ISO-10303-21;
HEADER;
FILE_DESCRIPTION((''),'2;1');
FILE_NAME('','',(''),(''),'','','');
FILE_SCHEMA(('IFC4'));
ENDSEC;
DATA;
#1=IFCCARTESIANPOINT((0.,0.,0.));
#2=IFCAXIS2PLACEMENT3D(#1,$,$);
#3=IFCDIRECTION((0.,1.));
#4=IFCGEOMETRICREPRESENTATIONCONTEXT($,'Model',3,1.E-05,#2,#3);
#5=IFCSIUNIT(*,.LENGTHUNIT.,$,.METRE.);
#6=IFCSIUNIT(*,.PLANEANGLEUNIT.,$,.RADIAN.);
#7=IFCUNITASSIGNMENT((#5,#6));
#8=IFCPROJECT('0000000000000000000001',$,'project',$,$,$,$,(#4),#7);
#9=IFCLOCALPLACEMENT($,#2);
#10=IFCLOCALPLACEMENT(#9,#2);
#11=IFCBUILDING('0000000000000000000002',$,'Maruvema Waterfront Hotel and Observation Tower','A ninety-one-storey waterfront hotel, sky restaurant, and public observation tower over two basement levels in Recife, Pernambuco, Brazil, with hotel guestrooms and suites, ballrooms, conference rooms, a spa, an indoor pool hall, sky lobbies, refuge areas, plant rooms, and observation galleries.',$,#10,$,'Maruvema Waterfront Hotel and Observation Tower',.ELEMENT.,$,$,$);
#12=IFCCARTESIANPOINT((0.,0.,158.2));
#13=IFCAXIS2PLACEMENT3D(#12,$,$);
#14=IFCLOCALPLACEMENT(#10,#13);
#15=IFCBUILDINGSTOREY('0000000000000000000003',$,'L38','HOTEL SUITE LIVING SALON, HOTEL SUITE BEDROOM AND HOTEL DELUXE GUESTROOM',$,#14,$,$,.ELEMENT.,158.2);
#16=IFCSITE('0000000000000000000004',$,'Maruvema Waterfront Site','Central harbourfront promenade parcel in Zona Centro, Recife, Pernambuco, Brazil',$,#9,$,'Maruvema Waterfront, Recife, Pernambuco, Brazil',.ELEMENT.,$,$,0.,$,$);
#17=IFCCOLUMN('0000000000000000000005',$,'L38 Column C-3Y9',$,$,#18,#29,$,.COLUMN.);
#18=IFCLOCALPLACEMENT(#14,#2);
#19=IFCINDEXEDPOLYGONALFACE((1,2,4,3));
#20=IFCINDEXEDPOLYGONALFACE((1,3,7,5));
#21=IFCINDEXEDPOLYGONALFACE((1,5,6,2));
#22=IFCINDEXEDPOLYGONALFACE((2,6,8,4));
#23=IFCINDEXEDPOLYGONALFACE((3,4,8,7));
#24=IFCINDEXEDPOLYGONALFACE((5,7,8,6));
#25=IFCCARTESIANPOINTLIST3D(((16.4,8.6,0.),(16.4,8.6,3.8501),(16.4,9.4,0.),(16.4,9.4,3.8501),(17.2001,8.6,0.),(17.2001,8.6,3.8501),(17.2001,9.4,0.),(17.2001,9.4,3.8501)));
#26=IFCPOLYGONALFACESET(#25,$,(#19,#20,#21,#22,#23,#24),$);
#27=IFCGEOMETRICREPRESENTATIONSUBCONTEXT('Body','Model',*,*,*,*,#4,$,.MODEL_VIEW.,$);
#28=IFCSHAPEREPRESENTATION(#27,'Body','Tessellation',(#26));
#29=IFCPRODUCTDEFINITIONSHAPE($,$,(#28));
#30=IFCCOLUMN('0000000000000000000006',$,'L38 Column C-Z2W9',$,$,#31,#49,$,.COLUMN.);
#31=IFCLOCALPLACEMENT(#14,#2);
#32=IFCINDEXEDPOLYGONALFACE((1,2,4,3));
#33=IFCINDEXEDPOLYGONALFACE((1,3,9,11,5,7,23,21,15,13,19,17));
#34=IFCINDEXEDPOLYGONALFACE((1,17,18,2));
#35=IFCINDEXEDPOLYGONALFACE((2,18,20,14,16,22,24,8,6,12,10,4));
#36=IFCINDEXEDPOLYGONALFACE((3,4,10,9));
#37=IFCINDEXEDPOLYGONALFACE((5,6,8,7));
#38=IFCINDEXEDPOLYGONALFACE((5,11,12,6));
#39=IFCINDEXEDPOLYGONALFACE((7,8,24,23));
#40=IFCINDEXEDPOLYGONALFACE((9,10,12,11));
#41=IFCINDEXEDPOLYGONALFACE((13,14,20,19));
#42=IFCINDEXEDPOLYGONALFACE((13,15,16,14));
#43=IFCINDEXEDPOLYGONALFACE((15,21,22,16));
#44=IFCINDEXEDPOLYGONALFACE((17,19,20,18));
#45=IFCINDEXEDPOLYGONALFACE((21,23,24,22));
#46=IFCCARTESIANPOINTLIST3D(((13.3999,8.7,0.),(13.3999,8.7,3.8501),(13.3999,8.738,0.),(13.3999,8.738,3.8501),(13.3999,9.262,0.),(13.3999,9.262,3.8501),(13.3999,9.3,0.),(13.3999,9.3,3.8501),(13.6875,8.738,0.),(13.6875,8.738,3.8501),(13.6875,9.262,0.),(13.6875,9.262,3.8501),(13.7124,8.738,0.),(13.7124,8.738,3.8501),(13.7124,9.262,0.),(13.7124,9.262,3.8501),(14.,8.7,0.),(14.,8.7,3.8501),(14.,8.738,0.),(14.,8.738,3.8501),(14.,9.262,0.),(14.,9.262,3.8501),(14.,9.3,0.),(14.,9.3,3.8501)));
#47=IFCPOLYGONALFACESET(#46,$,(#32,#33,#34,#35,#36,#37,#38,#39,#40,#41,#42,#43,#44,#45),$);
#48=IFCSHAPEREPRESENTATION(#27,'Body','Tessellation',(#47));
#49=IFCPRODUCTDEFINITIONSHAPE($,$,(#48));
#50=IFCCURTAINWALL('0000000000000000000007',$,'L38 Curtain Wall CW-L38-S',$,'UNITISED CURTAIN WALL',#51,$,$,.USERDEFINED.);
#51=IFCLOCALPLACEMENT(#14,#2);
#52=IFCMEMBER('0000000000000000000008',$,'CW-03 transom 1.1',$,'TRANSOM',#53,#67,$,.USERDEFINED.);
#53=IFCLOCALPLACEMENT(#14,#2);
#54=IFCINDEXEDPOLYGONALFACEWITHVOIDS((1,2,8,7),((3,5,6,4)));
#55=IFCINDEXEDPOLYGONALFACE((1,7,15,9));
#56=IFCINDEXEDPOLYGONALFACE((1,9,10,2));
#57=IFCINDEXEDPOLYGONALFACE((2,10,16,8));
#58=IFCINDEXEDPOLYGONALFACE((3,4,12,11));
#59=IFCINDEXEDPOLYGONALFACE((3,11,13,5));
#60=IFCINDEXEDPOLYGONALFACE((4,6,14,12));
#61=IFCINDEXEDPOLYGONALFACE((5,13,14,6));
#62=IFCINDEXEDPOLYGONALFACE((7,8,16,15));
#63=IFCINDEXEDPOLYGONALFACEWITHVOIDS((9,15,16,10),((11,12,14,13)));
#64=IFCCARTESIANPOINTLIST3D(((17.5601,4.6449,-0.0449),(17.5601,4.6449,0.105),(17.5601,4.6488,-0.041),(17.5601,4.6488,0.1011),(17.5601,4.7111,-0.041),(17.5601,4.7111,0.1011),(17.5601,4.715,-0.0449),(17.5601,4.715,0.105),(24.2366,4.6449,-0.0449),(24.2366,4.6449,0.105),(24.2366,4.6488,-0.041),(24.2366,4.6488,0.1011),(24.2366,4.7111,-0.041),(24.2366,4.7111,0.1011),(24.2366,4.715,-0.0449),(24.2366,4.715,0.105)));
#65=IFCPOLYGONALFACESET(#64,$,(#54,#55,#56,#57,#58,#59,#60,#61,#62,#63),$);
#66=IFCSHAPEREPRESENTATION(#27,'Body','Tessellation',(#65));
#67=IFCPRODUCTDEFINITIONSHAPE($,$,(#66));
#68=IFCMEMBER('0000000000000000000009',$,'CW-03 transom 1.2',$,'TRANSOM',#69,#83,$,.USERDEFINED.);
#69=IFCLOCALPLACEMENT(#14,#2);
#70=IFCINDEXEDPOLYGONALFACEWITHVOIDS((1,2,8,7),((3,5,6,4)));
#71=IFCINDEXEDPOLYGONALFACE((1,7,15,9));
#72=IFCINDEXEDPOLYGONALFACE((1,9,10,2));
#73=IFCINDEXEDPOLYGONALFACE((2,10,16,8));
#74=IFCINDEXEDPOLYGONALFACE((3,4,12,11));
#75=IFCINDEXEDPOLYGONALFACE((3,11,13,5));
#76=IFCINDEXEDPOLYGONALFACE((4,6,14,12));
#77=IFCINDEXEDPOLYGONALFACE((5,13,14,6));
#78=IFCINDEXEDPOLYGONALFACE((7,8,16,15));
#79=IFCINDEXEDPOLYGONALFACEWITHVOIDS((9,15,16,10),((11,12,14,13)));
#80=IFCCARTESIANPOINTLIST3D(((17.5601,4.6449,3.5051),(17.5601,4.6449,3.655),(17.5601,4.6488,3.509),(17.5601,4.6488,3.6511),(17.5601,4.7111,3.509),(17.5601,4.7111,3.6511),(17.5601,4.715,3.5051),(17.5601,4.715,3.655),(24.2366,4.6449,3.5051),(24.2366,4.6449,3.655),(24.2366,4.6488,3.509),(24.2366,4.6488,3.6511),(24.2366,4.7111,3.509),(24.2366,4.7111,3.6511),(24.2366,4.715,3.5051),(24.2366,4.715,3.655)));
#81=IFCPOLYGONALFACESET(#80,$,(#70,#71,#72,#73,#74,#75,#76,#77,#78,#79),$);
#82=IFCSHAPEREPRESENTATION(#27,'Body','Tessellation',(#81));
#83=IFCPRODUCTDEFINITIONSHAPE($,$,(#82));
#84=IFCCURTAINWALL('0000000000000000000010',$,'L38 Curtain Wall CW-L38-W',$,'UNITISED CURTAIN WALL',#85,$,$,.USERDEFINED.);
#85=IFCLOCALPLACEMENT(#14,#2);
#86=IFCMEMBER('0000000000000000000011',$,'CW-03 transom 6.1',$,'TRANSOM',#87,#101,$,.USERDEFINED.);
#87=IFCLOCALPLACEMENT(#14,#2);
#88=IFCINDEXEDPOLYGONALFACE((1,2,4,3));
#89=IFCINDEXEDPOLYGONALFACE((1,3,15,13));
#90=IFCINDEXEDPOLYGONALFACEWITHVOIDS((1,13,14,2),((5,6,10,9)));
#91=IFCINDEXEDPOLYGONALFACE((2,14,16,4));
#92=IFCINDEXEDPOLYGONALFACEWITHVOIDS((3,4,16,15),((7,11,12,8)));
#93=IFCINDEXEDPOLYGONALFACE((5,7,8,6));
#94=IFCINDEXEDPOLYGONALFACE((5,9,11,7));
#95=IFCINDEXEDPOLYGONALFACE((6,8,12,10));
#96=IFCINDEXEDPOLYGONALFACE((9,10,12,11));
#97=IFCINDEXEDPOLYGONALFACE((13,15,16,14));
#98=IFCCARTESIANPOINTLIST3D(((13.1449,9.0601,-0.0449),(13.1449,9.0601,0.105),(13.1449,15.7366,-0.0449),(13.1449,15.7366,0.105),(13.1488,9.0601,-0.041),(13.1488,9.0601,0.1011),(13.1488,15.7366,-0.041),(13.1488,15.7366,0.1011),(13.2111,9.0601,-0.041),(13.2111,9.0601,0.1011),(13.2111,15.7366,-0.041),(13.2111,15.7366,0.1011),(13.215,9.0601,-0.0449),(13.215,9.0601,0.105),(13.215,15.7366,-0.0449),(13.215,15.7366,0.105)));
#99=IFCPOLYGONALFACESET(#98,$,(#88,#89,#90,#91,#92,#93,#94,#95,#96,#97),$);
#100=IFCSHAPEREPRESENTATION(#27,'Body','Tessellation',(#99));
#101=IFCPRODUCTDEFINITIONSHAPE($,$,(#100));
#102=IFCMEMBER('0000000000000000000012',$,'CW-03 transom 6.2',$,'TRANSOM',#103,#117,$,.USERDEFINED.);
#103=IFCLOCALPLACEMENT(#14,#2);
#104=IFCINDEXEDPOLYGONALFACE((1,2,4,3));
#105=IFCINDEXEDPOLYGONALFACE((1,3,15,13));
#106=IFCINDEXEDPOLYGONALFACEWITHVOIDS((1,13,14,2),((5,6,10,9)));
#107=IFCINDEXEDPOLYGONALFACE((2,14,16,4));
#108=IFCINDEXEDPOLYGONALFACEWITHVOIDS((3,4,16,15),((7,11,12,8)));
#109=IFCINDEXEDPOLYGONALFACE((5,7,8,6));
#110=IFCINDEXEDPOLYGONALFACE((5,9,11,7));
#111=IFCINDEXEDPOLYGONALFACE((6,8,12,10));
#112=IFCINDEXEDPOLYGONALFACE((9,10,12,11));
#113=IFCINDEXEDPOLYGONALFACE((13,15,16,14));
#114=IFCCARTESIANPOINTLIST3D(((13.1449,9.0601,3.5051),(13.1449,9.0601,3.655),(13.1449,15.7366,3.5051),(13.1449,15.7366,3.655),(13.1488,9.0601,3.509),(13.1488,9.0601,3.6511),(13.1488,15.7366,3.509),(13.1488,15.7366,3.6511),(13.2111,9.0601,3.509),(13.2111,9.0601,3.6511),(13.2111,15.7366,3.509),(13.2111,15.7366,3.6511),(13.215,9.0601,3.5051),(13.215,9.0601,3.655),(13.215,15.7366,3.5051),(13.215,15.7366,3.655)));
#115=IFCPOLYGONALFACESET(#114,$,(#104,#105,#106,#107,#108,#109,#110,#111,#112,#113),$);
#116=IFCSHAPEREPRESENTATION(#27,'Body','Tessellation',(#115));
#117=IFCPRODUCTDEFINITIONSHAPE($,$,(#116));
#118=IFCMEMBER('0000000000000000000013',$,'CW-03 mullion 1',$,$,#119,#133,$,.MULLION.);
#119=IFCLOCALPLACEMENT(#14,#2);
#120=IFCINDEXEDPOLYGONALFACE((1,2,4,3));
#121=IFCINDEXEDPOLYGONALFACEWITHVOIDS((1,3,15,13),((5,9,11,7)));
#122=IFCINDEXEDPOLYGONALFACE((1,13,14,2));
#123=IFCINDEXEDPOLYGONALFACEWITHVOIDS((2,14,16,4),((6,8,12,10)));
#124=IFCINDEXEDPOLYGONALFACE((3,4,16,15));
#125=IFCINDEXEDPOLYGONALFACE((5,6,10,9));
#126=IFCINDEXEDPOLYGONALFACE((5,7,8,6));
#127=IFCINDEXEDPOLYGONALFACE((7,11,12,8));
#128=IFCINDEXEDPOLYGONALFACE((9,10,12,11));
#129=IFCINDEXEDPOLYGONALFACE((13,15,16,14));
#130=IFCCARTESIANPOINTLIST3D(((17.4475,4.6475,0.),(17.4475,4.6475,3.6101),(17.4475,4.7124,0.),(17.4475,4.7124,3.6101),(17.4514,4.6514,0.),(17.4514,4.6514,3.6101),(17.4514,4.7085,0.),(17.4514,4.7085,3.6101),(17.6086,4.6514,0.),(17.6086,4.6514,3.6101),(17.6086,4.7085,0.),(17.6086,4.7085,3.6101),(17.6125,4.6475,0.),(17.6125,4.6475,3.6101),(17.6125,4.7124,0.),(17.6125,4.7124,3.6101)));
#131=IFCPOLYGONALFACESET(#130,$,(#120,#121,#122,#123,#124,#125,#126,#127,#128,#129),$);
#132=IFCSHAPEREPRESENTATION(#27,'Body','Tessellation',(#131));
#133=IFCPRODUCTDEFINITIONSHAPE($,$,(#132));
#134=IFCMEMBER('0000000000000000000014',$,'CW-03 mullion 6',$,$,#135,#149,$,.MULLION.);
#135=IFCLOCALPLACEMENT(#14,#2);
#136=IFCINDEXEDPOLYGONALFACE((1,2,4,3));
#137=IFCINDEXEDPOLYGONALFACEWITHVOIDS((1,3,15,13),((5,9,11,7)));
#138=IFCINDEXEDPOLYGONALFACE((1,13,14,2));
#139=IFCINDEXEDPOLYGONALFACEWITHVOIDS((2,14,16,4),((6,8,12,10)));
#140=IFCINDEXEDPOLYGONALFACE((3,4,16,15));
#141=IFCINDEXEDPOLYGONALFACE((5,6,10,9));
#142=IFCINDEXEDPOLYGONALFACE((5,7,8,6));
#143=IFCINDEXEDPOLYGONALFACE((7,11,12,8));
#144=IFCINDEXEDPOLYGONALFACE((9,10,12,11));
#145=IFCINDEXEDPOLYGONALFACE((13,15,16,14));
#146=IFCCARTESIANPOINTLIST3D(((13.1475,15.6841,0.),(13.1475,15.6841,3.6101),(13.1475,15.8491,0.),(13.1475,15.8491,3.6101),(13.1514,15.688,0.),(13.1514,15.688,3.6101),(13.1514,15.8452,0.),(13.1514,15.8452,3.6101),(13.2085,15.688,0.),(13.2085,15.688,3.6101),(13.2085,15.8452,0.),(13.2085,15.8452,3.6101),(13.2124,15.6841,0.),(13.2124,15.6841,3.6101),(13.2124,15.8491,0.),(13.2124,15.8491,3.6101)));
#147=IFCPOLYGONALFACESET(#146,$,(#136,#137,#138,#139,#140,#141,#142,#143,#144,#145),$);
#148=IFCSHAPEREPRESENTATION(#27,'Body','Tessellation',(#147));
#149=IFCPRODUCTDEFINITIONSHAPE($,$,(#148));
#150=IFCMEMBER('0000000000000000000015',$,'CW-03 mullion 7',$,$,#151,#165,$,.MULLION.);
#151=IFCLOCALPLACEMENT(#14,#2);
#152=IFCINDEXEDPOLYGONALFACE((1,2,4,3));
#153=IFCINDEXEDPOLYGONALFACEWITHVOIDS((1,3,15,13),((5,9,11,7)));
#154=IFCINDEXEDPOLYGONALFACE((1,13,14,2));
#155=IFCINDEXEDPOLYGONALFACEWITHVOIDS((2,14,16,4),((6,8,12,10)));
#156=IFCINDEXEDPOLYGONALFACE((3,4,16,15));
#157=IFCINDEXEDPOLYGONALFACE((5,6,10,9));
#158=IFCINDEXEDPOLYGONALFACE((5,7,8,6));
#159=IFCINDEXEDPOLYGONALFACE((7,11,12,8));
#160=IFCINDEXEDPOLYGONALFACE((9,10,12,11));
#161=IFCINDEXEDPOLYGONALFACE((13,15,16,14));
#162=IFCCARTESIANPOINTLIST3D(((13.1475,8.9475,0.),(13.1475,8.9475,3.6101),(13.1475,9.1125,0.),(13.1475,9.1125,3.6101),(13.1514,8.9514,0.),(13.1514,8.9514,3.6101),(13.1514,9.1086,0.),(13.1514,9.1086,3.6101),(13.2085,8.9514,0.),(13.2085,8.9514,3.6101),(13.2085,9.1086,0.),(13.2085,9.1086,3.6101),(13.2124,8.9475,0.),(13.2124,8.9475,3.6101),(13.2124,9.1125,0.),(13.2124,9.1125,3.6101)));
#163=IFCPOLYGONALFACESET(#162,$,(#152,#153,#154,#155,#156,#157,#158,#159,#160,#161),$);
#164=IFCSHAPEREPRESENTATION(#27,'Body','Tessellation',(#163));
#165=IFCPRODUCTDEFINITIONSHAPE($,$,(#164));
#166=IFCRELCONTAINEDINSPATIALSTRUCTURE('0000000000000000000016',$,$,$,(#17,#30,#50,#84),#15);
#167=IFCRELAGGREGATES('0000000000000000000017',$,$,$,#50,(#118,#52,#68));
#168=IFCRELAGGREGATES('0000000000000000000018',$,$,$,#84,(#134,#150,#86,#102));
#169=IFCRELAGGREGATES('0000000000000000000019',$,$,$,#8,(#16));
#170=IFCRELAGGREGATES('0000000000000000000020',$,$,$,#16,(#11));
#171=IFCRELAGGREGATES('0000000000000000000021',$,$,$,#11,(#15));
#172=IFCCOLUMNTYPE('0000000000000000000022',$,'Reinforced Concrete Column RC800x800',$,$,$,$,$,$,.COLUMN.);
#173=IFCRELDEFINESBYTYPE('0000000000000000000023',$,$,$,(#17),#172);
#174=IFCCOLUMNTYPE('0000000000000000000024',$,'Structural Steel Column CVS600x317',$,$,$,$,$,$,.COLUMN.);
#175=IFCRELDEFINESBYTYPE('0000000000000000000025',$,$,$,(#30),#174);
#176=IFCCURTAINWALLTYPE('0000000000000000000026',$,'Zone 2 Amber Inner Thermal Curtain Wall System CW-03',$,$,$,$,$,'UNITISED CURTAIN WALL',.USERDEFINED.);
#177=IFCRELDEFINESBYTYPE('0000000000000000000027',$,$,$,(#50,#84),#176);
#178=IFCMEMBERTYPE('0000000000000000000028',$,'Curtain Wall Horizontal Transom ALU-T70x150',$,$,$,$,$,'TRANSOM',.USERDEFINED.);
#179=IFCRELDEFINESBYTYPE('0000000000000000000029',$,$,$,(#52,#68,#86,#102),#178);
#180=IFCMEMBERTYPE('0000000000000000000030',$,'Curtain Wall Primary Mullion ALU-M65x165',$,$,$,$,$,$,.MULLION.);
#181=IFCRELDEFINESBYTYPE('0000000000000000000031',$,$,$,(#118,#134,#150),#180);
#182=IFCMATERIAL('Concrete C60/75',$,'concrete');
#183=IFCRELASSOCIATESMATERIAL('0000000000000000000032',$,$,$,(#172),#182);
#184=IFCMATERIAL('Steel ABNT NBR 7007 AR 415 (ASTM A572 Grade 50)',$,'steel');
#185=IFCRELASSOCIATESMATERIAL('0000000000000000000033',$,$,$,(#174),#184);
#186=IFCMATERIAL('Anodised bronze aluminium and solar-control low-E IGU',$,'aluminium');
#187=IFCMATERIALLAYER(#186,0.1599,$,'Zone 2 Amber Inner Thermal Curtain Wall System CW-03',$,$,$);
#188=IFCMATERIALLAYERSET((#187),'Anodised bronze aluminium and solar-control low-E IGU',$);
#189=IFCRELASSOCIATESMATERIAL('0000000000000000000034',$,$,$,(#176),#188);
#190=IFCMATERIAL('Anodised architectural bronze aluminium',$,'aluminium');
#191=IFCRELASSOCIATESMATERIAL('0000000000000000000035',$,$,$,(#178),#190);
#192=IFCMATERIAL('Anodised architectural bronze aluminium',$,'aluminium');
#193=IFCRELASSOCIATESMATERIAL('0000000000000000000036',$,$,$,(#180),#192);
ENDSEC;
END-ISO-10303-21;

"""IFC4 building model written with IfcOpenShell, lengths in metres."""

from ifc_helpers import new_model, si_unit, direction, frame, origin, origin_2d, place, context, subcontext, project, spatial, rectangle, hollow_rectangle, i_section, extrude, material, layer, layer_set, material_profile, profile_set, type_object, element, aggregate, save


model = new_model("IFC4")

# Units and contexts
model_context = context("Model", 3, precision=1e-05, world=origin(), true_north=direction((0.0, 1.0)))
body_context = subcontext(model_context, "Body", "Model", "MODEL_VIEW")
ifc_project = project(units=[si_unit("LENGTHUNIT", "METRE"), si_unit("PLANEANGLEUNIT", "RADIAN")], contexts=[model_context])

# Site, building, storey
site_placement = place(None, origin())
site = spatial("IfcSite", under=ifc_project, at=site_placement, Name="Maruvema Waterfront Site", Description="Central harbourfront promenade parcel in Zona Centro, Recife, Pernambuco, Brazil", LongName="Maruvema Waterfront, Recife, Pernambuco, Brazil", CompositionType="ELEMENT", RefElevation=0.0)
building_placement = place(site_placement, origin())
building = spatial("IfcBuilding", under=site, at=building_placement, Name="Maruvema Waterfront Hotel and Observation Tower", Description="A ninety-one-storey waterfront hotel, sky restaurant, and public observation tower over two basement levels in Recife, Pernambuco, Brazil, with hotel guestrooms and suites, ballrooms, conference rooms, a spa, an indoor pool hall, sky lobbies, refuge areas, plant rooms, and observation galleries.", LongName="Maruvema Waterfront Hotel and Observation Tower", CompositionType="ELEMENT")
storey_placement = place(building_placement, frame((0.0, 0.0, 158.2)))
storey = spatial("IfcBuildingStorey", under=building, at=storey_placement, Name="L38", Description="HOTEL SUITE LIVING SALON, HOTEL SUITE BEDROOM AND HOTEL DELUXE GUESTROOM", CompositionType="ELEMENT", Elevation=158.2)

# Columns
ifc_material_1 = material(Name="Concrete C60/75", Category="concrete")
ifc_material_profile_1 = material_profile(ifc_material_1, rectangle(XDim=0.8, YDim=0.8, at=origin_2d()), Name="RC800x800")
ifc_profile_set_1 = profile_set([ifc_material_profile_1], Name="Concrete C60/75")
column_type_1 = type_object("IfcColumnType", Name="Reinforced Concrete Column RC800x800", PredefinedType="COLUMN", material=ifc_profile_set_1)
column_1_placement = place(storey_placement, frame((16.8, 9.0, 0.0), z_axis=(0.0, 0.0, 1.0), x_axis=(1.0, 0.0, 0.0)))
element("IfcColumn", 1, at=column_1_placement, inside=storey, type_object=column_type_1, Name="L38 Column C-3Y9", PredefinedType="COLUMN", context=body_context, shape_type="SweptSolid", body=[
    extrude(rectangle(XDim=0.8, YDim=0.8, at=origin_2d()), origin(), (0.0, 0.0, 1.0), 3.8501),
])
ifc_material_2 = material(Name="Steel ABNT NBR 7007 AR 415 (ASTM A572 Grade 50)", Category="steel")
ifc_material_profile_2 = material_profile(ifc_material_2, i_section(OverallWidth=0.6001, OverallDepth=0.6001, WebThickness=0.0249, FlangeThickness=0.0381, at=origin_2d()), Name="CVS600x317")
ifc_profile_set_2 = profile_set([ifc_material_profile_2], Name="Steel ABNT NBR 7007 AR 415 (ASTM A572 Grade 50)")
column_type_2 = type_object("IfcColumnType", Name="Structural Steel Column CVS600x317", PredefinedType="COLUMN", material=ifc_profile_set_2)
column_2_placement = place(storey_placement, frame((13.7, 9.0, 0.0), z_axis=(0.0, 0.0, 1.0), x_axis=(1.0, 0.0, 0.0)))
element("IfcColumn", 2, at=column_2_placement, inside=storey, type_object=column_type_2, Name="L38 Column C-Z2W9", PredefinedType="COLUMN", context=body_context, shape_type="SweptSolid", body=[
    extrude(i_section(OverallWidth=0.6001, OverallDepth=0.6001, WebThickness=0.0249, FlangeThickness=0.0381, at=origin_2d()), origin(), (0.0, 0.0, 1.0), 3.8501),
])

# Curtain walls, members
ifc_material_3 = material(Name="Anodised bronze aluminium and solar-control low-E IGU", Category="aluminium")
ifc_layer_1 = layer(ifc_material_3, 0.1599, Name="Zone 2 Amber Inner Thermal Curtain Wall System CW-03")
ifc_layer_set_1 = layer_set([ifc_layer_1], Name="Anodised bronze aluminium and solar-control low-E IGU")
curtain_wall_type = type_object("IfcCurtainWallType", Name="Zone 2 Amber Inner Thermal Curtain Wall System CW-03", ElementType="UNITISED CURTAIN WALL", PredefinedType="USERDEFINED", material=ifc_layer_set_1)
curtain_wall_1_placement = place(storey_placement, origin())
curtain_wall_1 = element("IfcCurtainWall", 3, at=curtain_wall_1_placement, inside=storey, type_object=curtain_wall_type, Name="L38 Curtain Wall CW-L38-S", ObjectType="UNITISED CURTAIN WALL", PredefinedType="USERDEFINED")
ifc_material_4 = material(Name="Anodised architectural bronze aluminium", Category="aluminium")
ifc_material_profile_3 = material_profile(ifc_material_4, hollow_rectangle(XDim=0.0701, YDim=0.1499, WallThickness=0.0039, at=origin_2d()), Name="ALU-T70x150")
ifc_profile_set_3 = profile_set([ifc_material_profile_3], Name="Anodised architectural bronze aluminium")
member_type_1 = type_object("IfcMemberType", Name="Curtain Wall Horizontal Transom ALU-T70x150", ElementType="TRANSOM", PredefinedType="USERDEFINED", material=ifc_profile_set_3)
member_1_placement = place(storey_placement, frame((17.5601, 4.6799, 0.03), z_axis=(1.0, 0.0, 0.0), x_axis=(0.0, 1.0, 0.0)))
member_1 = element("IfcMember", 4, at=member_1_placement, type_object=member_type_1, Name="CW-03 transom 1.1", ObjectType="TRANSOM", PredefinedType="USERDEFINED", context=body_context, shape_type="SweptSolid", body=[
    extrude(hollow_rectangle(XDim=0.0701, YDim=0.1499, WallThickness=0.0039, at=origin_2d()), origin(), (0.0, 0.0, 1.0), 6.6765),
])
member_2_placement = place(storey_placement, frame((17.5601, 4.6799, 3.5801), z_axis=(1.0, 0.0, 0.0), x_axis=(0.0, 1.0, 0.0)))
member_2 = element("IfcMember", 5, at=member_2_placement, type_object=member_type_1, Name="CW-03 transom 1.2", ObjectType="TRANSOM", PredefinedType="USERDEFINED", context=body_context, shape_type="SweptSolid", body=[
    extrude(hollow_rectangle(XDim=0.0701, YDim=0.1499, WallThickness=0.0039, at=origin_2d()), origin(), (0.0, 0.0, 1.0), 6.6765),
])
curtain_wall_2_placement = place(storey_placement, origin())
curtain_wall_2 = element("IfcCurtainWall", 6, at=curtain_wall_2_placement, inside=storey, type_object=curtain_wall_type, Name="L38 Curtain Wall CW-L38-W", ObjectType="UNITISED CURTAIN WALL", PredefinedType="USERDEFINED")
member_3_placement = place(storey_placement, frame((13.1799, 15.7366, 0.03), z_axis=(0.0, -1.0, 0.0), x_axis=(1.0, 0.0, 0.0)))
member_3 = element("IfcMember", 7, at=member_3_placement, type_object=member_type_1, Name="CW-03 transom 6.1", ObjectType="TRANSOM", PredefinedType="USERDEFINED", context=body_context, shape_type="SweptSolid", body=[
    extrude(hollow_rectangle(XDim=0.0701, YDim=0.1499, WallThickness=0.0039, at=origin_2d()), origin(), (0.0, 0.0, 1.0), 6.6765),
])
member_4_placement = place(storey_placement, frame((13.1799, 15.7366, 3.5801), z_axis=(0.0, -1.0, 0.0), x_axis=(1.0, 0.0, 0.0)))
member_4 = element("IfcMember", 8, at=member_4_placement, type_object=member_type_1, Name="CW-03 transom 6.2", ObjectType="TRANSOM", PredefinedType="USERDEFINED", context=body_context, shape_type="SweptSolid", body=[
    extrude(hollow_rectangle(XDim=0.0701, YDim=0.1499, WallThickness=0.0039, at=origin_2d()), origin(), (0.0, 0.0, 1.0), 6.6765),
])

# Members
ifc_material_5 = material(Name="Anodised architectural bronze aluminium", Category="aluminium")
ifc_material_profile_4 = material_profile(ifc_material_5, hollow_rectangle(XDim=0.0649, YDim=0.165, WallThickness=0.0039, at=origin_2d()), Name="ALU-M65x165")
ifc_profile_set_4 = profile_set([ifc_material_profile_4], Name="Anodised architectural bronze aluminium")
member_type_2 = type_object("IfcMemberType", Name="Curtain Wall Primary Mullion ALU-M65x165", PredefinedType="MULLION", material=ifc_profile_set_4)
member_5_placement = place(storey_placement, frame((17.53, 4.6799, 0.0), z_axis=(0.0, 0.0, 1.0), x_axis=(0.0, 1.0, 0.0)))
member_5 = element("IfcMember", 9, at=member_5_placement, type_object=member_type_2, Name="CW-03 mullion 1", PredefinedType="MULLION", context=body_context, shape_type="SweptSolid", body=[
    extrude(hollow_rectangle(XDim=0.0649, YDim=0.165, WallThickness=0.0039, at=origin_2d()), origin(), (0.0, 0.0, 1.0), 3.6101),
])
member_6_placement = place(storey_placement, frame((13.1799, 15.7666, 0.0), z_axis=(0.0, 0.0, 1.0), x_axis=(1.0, 0.0, 0.0)))
member_6 = element("IfcMember", 10, at=member_6_placement, type_object=member_type_2, Name="CW-03 mullion 6", PredefinedType="MULLION", context=body_context, shape_type="SweptSolid", body=[
    extrude(hollow_rectangle(XDim=0.0649, YDim=0.165, WallThickness=0.0039, at=origin_2d()), origin(), (0.0, 0.0, 1.0), 3.6101),
])
member_7_placement = place(storey_placement, frame((13.1799, 9.03, 0.0), z_axis=(0.0, 0.0, 1.0), x_axis=(1.0, 0.0, 0.0)))
member_7 = element("IfcMember", 11, at=member_7_placement, type_object=member_type_2, Name="CW-03 mullion 7", PredefinedType="MULLION", context=body_context, shape_type="SweptSolid", body=[
    extrude(hollow_rectangle(XDim=0.0649, YDim=0.165, WallThickness=0.0039, at=origin_2d()), origin(), (0.0, 0.0, 1.0), 3.6101),
])

aggregate(curtain_wall_1, [member_5, member_1, member_2])
aggregate(curtain_wall_2, [member_6, member_7, member_3, member_4])

save(model, "model.ifc")
